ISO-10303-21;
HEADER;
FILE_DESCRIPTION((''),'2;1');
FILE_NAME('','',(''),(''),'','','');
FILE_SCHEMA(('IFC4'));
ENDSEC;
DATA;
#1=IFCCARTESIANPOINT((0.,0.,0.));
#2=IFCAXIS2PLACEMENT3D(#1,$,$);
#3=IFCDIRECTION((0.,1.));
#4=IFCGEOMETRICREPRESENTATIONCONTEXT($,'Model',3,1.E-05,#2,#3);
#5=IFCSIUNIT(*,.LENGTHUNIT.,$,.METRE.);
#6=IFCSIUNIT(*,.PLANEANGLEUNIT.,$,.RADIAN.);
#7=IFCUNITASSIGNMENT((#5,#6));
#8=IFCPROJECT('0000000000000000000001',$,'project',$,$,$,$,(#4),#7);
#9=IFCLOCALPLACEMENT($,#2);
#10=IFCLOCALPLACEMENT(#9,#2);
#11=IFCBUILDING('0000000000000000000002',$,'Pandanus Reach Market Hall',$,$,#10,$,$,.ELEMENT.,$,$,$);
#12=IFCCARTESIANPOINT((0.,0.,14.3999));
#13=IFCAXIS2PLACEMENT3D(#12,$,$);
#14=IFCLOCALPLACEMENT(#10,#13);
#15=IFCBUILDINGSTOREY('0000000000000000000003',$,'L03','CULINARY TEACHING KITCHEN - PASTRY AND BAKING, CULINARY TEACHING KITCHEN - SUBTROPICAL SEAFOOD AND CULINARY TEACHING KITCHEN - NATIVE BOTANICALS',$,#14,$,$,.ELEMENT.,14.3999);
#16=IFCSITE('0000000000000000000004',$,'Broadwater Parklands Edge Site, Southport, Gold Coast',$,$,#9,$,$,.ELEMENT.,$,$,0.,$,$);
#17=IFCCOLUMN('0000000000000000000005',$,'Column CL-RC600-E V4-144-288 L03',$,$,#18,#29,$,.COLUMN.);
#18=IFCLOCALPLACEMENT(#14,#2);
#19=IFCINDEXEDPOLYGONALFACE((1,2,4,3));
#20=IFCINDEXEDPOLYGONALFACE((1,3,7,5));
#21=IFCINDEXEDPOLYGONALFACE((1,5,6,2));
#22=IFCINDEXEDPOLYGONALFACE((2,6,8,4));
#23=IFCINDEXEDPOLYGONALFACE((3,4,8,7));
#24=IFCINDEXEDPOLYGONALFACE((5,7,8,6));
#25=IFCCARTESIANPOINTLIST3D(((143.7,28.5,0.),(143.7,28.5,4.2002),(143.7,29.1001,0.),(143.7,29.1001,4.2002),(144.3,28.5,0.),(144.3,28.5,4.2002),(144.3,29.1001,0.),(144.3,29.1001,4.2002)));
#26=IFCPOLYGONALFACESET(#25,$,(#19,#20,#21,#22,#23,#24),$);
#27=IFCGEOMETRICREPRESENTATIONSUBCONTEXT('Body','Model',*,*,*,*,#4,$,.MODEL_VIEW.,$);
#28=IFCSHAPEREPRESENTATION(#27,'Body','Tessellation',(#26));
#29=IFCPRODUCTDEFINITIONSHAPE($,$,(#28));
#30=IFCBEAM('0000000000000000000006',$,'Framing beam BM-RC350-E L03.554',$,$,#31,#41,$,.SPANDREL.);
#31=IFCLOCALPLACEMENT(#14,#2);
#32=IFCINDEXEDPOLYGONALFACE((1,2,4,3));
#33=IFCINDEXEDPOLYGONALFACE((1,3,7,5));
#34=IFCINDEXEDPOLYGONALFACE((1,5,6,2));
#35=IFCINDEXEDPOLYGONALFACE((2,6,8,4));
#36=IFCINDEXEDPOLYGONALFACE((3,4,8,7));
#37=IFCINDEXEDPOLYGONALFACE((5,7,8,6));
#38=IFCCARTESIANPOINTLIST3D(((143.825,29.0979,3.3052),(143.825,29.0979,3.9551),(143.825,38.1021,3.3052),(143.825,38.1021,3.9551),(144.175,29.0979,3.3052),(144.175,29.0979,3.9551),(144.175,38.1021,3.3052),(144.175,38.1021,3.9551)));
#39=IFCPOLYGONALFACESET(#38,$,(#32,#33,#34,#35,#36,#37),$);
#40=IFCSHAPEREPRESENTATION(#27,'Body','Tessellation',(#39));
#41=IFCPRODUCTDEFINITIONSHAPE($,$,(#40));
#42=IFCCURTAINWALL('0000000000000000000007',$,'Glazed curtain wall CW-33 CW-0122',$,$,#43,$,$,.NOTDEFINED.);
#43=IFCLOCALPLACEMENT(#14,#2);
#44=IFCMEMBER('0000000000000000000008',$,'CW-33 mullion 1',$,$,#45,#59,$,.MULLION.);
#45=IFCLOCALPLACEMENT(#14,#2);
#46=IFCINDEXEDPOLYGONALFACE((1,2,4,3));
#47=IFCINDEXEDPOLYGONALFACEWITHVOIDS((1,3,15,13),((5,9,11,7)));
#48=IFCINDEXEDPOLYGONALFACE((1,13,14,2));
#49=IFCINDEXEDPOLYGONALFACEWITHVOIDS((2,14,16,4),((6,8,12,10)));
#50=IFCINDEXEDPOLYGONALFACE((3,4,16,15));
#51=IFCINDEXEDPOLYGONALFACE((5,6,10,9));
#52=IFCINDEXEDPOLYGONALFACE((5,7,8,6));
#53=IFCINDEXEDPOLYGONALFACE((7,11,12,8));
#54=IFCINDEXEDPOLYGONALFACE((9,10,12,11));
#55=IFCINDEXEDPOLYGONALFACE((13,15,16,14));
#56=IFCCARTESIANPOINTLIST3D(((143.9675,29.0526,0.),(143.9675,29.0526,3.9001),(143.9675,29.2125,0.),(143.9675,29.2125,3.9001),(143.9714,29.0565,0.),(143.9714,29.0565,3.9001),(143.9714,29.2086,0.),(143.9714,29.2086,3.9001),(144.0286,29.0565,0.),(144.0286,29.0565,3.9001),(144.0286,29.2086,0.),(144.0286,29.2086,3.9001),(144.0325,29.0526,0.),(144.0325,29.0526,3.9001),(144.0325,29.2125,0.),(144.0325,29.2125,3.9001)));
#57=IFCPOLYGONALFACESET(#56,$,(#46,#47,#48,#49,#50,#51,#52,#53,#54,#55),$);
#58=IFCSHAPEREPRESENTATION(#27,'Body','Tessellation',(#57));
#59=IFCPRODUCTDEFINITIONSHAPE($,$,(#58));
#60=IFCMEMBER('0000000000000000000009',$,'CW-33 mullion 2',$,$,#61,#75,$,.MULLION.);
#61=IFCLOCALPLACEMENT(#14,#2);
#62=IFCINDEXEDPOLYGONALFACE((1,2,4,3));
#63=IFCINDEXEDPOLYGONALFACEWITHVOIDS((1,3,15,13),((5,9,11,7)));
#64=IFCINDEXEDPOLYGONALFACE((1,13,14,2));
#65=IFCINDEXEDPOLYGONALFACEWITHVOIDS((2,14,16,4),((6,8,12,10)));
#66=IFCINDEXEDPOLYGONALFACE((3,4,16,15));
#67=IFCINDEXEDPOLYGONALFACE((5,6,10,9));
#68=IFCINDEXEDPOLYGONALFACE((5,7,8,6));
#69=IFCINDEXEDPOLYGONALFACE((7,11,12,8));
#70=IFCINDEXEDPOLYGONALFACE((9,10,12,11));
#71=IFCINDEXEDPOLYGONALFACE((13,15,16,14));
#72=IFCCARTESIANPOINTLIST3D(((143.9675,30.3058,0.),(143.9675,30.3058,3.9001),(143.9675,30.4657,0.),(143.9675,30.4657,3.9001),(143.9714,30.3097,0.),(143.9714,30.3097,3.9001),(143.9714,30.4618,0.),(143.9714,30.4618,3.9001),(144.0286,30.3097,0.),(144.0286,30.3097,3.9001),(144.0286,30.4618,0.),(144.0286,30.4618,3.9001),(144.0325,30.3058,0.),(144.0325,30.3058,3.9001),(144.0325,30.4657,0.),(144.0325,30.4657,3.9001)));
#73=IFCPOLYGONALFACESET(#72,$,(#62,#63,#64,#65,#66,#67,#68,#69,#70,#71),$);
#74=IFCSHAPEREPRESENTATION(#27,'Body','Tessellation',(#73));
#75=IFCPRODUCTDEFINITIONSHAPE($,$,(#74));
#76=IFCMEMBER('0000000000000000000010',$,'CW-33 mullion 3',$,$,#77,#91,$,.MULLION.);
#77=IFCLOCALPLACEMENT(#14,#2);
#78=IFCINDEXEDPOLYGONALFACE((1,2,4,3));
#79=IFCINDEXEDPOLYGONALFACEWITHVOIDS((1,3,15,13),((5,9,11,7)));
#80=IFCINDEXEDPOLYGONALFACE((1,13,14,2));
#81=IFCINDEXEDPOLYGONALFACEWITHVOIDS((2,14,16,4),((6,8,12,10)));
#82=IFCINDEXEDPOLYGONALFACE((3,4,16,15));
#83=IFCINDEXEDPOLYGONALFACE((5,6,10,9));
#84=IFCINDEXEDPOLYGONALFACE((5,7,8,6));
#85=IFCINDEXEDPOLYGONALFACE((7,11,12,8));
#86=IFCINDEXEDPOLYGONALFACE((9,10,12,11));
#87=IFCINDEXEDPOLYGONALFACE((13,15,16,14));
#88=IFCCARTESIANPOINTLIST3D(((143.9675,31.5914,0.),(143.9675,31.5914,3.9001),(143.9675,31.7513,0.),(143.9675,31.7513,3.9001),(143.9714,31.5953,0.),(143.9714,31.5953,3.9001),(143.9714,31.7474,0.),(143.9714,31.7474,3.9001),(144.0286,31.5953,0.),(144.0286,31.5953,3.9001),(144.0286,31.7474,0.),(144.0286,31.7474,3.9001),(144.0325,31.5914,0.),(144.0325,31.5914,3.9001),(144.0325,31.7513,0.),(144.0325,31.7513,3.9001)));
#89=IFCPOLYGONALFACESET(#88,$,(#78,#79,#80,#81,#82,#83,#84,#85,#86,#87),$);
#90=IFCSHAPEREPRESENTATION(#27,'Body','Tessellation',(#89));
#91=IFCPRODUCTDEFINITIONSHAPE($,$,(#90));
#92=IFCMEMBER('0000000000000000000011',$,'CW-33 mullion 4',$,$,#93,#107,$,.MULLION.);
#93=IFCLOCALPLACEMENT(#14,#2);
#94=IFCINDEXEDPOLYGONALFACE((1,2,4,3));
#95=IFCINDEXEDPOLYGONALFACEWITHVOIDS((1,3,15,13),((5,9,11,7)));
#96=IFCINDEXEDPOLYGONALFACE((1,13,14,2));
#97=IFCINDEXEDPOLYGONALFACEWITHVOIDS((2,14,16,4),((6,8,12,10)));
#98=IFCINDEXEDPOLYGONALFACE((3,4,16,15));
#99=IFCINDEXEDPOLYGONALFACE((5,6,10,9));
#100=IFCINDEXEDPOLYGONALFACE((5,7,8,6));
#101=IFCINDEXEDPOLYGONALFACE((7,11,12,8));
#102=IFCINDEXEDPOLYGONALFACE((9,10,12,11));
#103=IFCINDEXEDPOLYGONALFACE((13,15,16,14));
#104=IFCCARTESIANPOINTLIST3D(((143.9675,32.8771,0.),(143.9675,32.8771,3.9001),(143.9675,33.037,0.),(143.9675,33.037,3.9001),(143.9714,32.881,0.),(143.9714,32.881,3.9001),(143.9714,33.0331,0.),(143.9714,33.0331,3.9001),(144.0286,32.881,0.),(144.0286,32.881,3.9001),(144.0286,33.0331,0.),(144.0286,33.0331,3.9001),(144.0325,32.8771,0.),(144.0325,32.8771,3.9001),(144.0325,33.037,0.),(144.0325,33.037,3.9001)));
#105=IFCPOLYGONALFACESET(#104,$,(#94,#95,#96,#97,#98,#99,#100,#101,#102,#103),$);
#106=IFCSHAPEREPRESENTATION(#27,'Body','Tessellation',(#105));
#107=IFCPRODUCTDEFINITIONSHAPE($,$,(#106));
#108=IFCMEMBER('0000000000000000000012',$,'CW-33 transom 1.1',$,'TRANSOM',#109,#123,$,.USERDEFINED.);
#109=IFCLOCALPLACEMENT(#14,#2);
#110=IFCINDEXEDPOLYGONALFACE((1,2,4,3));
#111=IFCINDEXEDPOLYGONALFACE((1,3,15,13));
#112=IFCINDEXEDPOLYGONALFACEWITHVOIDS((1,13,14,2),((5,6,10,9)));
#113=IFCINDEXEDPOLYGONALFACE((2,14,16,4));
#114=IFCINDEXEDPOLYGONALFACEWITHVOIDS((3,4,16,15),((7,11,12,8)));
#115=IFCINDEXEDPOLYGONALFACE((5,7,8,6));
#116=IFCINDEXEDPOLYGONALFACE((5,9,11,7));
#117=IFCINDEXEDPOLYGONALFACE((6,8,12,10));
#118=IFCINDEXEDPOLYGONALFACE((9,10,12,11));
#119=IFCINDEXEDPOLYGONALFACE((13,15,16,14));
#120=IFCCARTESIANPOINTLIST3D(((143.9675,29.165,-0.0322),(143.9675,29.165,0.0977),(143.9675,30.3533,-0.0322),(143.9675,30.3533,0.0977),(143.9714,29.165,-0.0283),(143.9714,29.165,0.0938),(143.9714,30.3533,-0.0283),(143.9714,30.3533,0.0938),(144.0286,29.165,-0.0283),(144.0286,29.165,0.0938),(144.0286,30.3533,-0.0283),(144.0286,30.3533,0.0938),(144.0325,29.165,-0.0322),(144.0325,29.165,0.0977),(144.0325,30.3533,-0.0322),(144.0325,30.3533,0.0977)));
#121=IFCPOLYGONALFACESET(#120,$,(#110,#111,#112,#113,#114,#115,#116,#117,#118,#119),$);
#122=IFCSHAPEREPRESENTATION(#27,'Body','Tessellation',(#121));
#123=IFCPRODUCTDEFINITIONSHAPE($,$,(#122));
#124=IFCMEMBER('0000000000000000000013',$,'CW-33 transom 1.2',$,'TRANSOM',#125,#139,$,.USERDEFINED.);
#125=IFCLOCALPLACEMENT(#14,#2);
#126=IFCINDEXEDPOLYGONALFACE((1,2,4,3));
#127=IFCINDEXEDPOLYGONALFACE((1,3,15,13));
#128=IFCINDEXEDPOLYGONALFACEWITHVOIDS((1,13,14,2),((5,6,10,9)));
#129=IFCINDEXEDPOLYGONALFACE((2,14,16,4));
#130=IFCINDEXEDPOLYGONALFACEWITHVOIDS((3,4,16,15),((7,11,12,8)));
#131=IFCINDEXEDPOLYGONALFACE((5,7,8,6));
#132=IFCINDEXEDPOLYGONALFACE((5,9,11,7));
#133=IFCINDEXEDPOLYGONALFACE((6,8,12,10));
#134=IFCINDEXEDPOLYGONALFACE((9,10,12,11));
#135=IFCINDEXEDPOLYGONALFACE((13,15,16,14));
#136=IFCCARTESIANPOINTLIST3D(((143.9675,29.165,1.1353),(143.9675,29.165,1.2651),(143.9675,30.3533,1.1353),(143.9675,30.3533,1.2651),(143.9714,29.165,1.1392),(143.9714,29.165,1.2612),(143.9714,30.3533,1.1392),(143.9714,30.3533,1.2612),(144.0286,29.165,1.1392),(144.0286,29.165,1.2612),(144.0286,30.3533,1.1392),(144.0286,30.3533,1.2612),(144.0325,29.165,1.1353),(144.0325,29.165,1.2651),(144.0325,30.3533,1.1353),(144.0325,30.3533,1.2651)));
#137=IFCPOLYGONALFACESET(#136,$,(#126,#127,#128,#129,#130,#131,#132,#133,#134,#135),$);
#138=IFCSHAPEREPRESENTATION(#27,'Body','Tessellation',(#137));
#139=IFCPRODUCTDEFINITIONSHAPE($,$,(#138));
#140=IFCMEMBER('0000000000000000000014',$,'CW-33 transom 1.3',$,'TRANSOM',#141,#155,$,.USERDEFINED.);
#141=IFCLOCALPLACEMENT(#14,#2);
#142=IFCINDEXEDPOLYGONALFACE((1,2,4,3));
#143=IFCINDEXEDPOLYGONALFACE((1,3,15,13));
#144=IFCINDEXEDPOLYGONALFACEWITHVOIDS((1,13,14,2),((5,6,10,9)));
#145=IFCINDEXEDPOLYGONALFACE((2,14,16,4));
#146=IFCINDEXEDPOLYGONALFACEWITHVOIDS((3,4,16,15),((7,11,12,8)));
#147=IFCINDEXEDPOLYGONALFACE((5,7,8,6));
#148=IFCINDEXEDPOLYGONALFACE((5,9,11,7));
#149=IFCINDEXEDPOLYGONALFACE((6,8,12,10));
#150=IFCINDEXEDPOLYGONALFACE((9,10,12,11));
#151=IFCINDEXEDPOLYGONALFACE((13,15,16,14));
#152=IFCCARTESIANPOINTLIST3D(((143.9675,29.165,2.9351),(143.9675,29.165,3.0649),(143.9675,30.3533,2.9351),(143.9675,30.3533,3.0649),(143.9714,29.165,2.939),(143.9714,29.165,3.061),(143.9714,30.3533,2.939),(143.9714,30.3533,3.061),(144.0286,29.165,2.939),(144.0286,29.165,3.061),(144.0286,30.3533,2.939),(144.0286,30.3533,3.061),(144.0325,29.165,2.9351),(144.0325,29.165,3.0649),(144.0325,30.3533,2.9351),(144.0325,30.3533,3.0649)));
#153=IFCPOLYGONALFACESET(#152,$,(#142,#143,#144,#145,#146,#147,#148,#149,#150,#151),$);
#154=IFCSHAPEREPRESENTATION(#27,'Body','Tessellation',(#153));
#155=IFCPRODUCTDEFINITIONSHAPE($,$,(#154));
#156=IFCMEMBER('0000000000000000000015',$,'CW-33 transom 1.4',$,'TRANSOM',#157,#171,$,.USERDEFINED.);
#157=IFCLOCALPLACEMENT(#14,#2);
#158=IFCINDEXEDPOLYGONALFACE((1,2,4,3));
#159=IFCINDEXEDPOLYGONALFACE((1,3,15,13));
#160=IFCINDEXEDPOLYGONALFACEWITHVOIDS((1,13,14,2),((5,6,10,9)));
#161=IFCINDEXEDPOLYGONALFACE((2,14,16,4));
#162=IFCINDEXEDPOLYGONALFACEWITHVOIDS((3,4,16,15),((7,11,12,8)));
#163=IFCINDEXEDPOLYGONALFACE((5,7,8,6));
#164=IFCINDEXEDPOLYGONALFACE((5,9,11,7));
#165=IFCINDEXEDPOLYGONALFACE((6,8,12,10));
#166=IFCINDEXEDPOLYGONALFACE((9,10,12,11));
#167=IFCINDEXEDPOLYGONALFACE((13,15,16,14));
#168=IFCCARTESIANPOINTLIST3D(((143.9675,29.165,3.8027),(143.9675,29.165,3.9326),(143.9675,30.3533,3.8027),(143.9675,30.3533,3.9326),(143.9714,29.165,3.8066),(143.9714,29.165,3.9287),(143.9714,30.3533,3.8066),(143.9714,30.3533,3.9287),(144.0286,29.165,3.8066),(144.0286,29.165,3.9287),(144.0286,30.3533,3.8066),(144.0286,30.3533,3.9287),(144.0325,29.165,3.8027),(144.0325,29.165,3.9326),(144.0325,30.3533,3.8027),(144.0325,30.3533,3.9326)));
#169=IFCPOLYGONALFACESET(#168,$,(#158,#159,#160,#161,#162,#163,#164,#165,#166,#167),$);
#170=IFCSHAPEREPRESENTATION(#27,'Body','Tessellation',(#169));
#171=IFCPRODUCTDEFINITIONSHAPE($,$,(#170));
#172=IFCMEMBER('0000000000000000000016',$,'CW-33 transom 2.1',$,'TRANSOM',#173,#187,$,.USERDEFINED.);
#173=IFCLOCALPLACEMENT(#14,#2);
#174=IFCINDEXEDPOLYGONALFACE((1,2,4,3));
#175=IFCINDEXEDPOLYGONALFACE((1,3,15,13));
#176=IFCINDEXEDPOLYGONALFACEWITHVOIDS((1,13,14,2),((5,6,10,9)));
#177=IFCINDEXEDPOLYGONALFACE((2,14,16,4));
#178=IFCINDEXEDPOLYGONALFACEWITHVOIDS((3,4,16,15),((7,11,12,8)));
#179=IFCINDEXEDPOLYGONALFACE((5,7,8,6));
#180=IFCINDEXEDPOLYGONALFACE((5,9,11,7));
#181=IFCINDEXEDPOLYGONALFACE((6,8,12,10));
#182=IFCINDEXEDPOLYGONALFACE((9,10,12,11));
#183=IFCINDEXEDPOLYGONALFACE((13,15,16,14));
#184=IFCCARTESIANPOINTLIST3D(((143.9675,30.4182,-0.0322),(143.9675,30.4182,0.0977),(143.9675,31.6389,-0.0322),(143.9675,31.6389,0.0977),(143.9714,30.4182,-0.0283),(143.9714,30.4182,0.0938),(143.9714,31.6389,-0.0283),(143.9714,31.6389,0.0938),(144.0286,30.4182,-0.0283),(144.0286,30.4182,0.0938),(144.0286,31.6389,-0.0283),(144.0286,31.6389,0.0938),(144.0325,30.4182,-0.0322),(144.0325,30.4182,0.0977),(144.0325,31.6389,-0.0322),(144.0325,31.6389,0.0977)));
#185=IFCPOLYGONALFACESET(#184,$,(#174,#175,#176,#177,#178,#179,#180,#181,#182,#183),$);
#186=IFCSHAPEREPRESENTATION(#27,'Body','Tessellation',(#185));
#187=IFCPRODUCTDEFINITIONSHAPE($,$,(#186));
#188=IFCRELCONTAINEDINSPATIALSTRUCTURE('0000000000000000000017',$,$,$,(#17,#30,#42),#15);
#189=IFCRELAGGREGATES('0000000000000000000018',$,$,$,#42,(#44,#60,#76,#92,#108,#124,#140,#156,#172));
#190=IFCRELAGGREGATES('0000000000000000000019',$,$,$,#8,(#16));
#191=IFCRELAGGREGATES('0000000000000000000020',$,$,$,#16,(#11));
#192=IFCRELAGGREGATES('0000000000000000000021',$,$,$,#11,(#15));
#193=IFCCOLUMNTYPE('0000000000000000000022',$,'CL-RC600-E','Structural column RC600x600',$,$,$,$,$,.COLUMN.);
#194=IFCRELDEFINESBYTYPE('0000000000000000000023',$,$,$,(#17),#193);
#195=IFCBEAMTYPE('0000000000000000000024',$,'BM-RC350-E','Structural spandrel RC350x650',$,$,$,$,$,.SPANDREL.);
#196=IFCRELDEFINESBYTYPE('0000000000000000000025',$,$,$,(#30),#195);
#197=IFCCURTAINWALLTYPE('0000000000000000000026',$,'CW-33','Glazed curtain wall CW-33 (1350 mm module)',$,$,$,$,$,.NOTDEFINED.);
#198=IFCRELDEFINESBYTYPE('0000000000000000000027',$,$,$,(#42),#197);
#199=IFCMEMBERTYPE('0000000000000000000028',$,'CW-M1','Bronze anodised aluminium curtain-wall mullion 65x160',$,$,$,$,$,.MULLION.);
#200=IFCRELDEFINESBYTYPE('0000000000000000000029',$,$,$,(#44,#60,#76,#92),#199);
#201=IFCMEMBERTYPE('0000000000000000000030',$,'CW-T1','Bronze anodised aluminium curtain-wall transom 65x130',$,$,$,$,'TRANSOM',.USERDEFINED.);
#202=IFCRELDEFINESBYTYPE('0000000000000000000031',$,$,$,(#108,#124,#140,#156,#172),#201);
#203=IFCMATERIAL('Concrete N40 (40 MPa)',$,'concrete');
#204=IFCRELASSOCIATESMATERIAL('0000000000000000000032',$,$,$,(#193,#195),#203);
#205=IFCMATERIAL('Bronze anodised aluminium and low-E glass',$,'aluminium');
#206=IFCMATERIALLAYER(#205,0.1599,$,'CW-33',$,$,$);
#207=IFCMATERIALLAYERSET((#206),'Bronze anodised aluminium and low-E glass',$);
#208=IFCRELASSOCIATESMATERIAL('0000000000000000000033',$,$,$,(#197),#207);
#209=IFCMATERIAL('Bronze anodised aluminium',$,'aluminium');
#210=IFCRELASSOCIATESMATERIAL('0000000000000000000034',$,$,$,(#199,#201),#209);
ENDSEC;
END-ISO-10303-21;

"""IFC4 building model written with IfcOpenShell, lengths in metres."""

from ifc_helpers import new_model, si_unit, direction, frame, origin, origin_2d, place, context, subcontext, project, spatial, rectangle, hollow_rectangle, extrude, material, layer, layer_set, material_profile, profile_set, type_object, element, aggregate, save


model = new_model("IFC4")

# Units and contexts
model_context = context("Model", 3, precision=1e-05, world=origin(), true_north=direction((0.0, 1.0)))
body_context = subcontext(model_context, "Body", "Model", "MODEL_VIEW")
ifc_project = project(units=[si_unit("LENGTHUNIT", "METRE"), si_unit("PLANEANGLEUNIT", "RADIAN")], contexts=[model_context])

# Site, building, storey
site_placement = place(None, origin())
site = spatial("IfcSite", under=ifc_project, at=site_placement, Name="Broadwater Parklands Edge Site, Southport, Gold Coast", CompositionType="ELEMENT", RefElevation=0.0)
building_placement = place(site_placement, origin())
building = spatial("IfcBuilding", under=site, at=building_placement, Name="Pandanus Reach Market Hall", CompositionType="ELEMENT")
storey_placement = place(building_placement, frame((0.0, 0.0, 14.3999)))
storey = spatial("IfcBuildingStorey", under=building, at=storey_placement, Name="L03", Description="CULINARY TEACHING KITCHEN - PASTRY AND BAKING, CULINARY TEACHING KITCHEN - SUBTROPICAL SEAFOOD AND CULINARY TEACHING KITCHEN - NATIVE BOTANICALS", CompositionType="ELEMENT", Elevation=14.3999)

# Column
ifc_material_1 = material(Name="Concrete N40 (40 MPa)", Category="concrete")
ifc_material_profile_1 = material_profile(ifc_material_1, rectangle(XDim=0.6001, YDim=0.6001, at=origin_2d()), Name="RC600x600", Category="LoadBearing")
ifc_profile_set_1 = profile_set([ifc_material_profile_1], Name="Concrete N40 (40 MPa)")
column_type = type_object("IfcColumnType", Name="CL-RC600-E", Description="Structural column RC600x600", PredefinedType="COLUMN", material=ifc_profile_set_1)
column_placement = place(storey_placement, frame((144.0, 28.8, 0.0), z_axis=(0.0, 0.0, 1.0), x_axis=(1.0, 0.0, 0.0)))
element("IfcColumn", 1, at=column_placement, inside=storey, type_object=column_type, Name="Column CL-RC600-E V4-144-288 L03", PredefinedType="COLUMN", context=body_context, shape_type="SweptSolid", body=[
    extrude(rectangle(XDim=0.6001, YDim=0.6001, at=origin_2d()), origin(), (0.0, 0.0, 1.0), 4.2002),
])

# Beam
ifc_material_profile_2 = material_profile(ifc_material_1, rectangle(XDim=0.3501, YDim=0.6499, at=origin_2d()), Name="RC350x650", Category="LoadBearing")
ifc_profile_set_2 = profile_set([ifc_material_profile_2], Name="Concrete N40 (40 MPa)")
beam_type = type_object("IfcBeamType", Name="BM-RC350-E", Description="Structural spandrel RC350x650", PredefinedType="SPANDREL", material=ifc_profile_set_2)
beam_placement = place(storey_placement, frame((144.0, 29.0979, 3.6301), z_axis=(0.0, 1.0, 0.0), x_axis=(-1.0, 0.0, 0.0)))
element("IfcBeam", 2, at=beam_placement, inside=storey, type_object=beam_type, Name="Framing beam BM-RC350-E L03.554", PredefinedType="SPANDREL", context=body_context, shape_type="SweptSolid", body=[
    extrude(rectangle(XDim=0.3501, YDim=0.6499, at=origin_2d()), origin(), (0.0, 0.0, 1.0), 9.0042),
])

# Curtain wall, members
ifc_material_2 = material(Name="Bronze anodised aluminium and low-E glass", Category="aluminium")
ifc_layer_1 = layer(ifc_material_2, 0.1599, Name="CW-33")
ifc_layer_set_1 = layer_set([ifc_layer_1], Name="Bronze anodised aluminium and low-E glass")
curtain_wall_type = type_object("IfcCurtainWallType", Name="CW-33", Description="Glazed curtain wall CW-33 (1350 mm module)", PredefinedType="NOTDEFINED", material=ifc_layer_set_1)
curtain_wall_placement = place(storey_placement, origin())
curtain_wall = element("IfcCurtainWall", 3, at=curtain_wall_placement, inside=storey, type_object=curtain_wall_type, Name="Glazed curtain wall CW-33 CW-0122", PredefinedType="NOTDEFINED")
ifc_material_3 = material(Name="Bronze anodised aluminium", Category="aluminium")
ifc_material_profile_3 = material_profile(ifc_material_3, hollow_rectangle(XDim=0.0649, YDim=0.1599, WallThickness=0.0039, at=origin_2d()), Name="ALU65x160", Category="LoadBearing")
ifc_profile_set_3 = profile_set([ifc_material_profile_3], Name="Bronze anodised aluminium")
member_type_1 = type_object("IfcMemberType", Name="CW-M1", Description="Bronze anodised aluminium curtain-wall mullion 65x160", PredefinedType="MULLION", material=ifc_profile_set_3)
member_1_placement = place(storey_placement, frame((144.0, 29.1326, 0.0), z_axis=(0.0, 0.0, 1.0), x_axis=(-1.0, 0.0, 0.0)))
member_1 = element("IfcMember", 4, at=member_1_placement, type_object=member_type_1, Name="CW-33 mullion 1", PredefinedType="MULLION", context=body_context, shape_type="SweptSolid", body=[
    extrude(hollow_rectangle(XDim=0.0649, YDim=0.1599, WallThickness=0.0039, at=origin_2d()), origin(), (0.0, 0.0, 1.0), 3.9001),
])
member_2_placement = place(storey_placement, frame((144.0, 30.3857, 0.0), z_axis=(0.0, 0.0, 1.0), x_axis=(-1.0, 0.0, 0.0)))
member_2 = element("IfcMember", 5, at=member_2_placement, type_object=member_type_1, Name="CW-33 mullion 2", PredefinedType="MULLION", context=body_context, shape_type="SweptSolid", body=[
    extrude(hollow_rectangle(XDim=0.0649, YDim=0.1599, WallThickness=0.0039, at=origin_2d()), origin(), (0.0, 0.0, 1.0), 3.9001),
])
member_3_placement = place(storey_placement, frame((144.0, 31.6714, 0.0), z_axis=(0.0, 0.0, 1.0), x_axis=(-1.0, 0.0, 0.0)))
member_3 = element("IfcMember", 6, at=member_3_placement, type_object=member_type_1, Name="CW-33 mullion 3", PredefinedType="MULLION", context=body_context, shape_type="SweptSolid", body=[
    extrude(hollow_rectangle(XDim=0.0649, YDim=0.1599, WallThickness=0.0039, at=origin_2d()), origin(), (0.0, 0.0, 1.0), 3.9001),
])
member_4_placement = place(storey_placement, frame((144.0, 32.957, 0.0), z_axis=(0.0, 0.0, 1.0), x_axis=(-1.0, 0.0, 0.0)))
member_4 = element("IfcMember", 7, at=member_4_placement, type_object=member_type_1, Name="CW-33 mullion 4", PredefinedType="MULLION", context=body_context, shape_type="SweptSolid", body=[
    extrude(hollow_rectangle(XDim=0.0649, YDim=0.1599, WallThickness=0.0039, at=origin_2d()), origin(), (0.0, 0.0, 1.0), 3.9001),
])
ifc_material_profile_4 = material_profile(ifc_material_3, hollow_rectangle(XDim=0.0649, YDim=0.1299, WallThickness=0.0039, at=origin_2d()), Name="ALU65x130", Category="LoadBearing")
ifc_profile_set_4 = profile_set([ifc_material_profile_4], Name="Bronze anodised aluminium")
member_type_2 = type_object("IfcMemberType", Name="CW-T1", Description="Bronze anodised aluminium curtain-wall transom 65x130", ElementType="TRANSOM", PredefinedType="USERDEFINED", material=ifc_profile_set_4)
member_5_placement = place(storey_placement, frame((144.0, 29.165, 0.0327), z_axis=(0.0, 1.0, 0.0), x_axis=(-1.0, 0.0, 0.0)))
member_5 = element("IfcMember", 8, at=member_5_placement, type_object=member_type_2, Name="CW-33 transom 1.1", ObjectType="TRANSOM", PredefinedType="USERDEFINED", context=body_context, shape_type="SweptSolid", body=[
    extrude(hollow_rectangle(XDim=0.0649, YDim=0.1299, WallThickness=0.0039, at=origin_2d()), origin(), (0.0, 0.0, 1.0), 1.1882),
])
member_6_placement = place(storey_placement, frame((144.0, 29.165, 1.2002), z_axis=(0.0, 1.0, 0.0), x_axis=(-1.0, 0.0, 0.0)))
member_6 = element("IfcMember", 9, at=member_6_placement, type_object=member_type_2, Name="CW-33 transom 1.2", ObjectType="TRANSOM", PredefinedType="USERDEFINED", context=body_context, shape_type="SweptSolid", body=[
    extrude(hollow_rectangle(XDim=0.0649, YDim=0.1299, WallThickness=0.0039, at=origin_2d()), origin(), (0.0, 0.0, 1.0), 1.1882),
])
member_7_placement = place(storey_placement, frame((144.0, 29.165, 3.0), z_axis=(0.0, 1.0, 0.0), x_axis=(-1.0, 0.0, 0.0)))
member_7 = element("IfcMember", 10, at=member_7_placement, type_object=member_type_2, Name="CW-33 transom 1.3", ObjectType="TRANSOM", PredefinedType="USERDEFINED", context=body_context, shape_type="SweptSolid", body=[
    extrude(hollow_rectangle(XDim=0.0649, YDim=0.1299, WallThickness=0.0039, at=origin_2d()), origin(), (0.0, 0.0, 1.0), 1.1882),
])
member_8_placement = place(storey_placement, frame((144.0, 29.165, 3.8677), z_axis=(0.0, 1.0, 0.0), x_axis=(-1.0, 0.0, 0.0)))
member_8 = element("IfcMember", 11, at=member_8_placement, type_object=member_type_2, Name="CW-33 transom 1.4", ObjectType="TRANSOM", PredefinedType="USERDEFINED", context=body_context, shape_type="SweptSolid", body=[
    extrude(hollow_rectangle(XDim=0.0649, YDim=0.1299, WallThickness=0.0039, at=origin_2d()), origin(), (0.0, 0.0, 1.0), 1.1882),
])
member_9_placement = place(storey_placement, frame((144.0, 30.4182, 0.0327), z_axis=(0.0, 1.0, 0.0), x_axis=(-1.0, 0.0, 0.0)))
member_9 = element("IfcMember", 12, at=member_9_placement, type_object=member_type_2, Name="CW-33 transom 2.1", ObjectType="TRANSOM", PredefinedType="USERDEFINED", context=body_context, shape_type="SweptSolid", body=[
    extrude(hollow_rectangle(XDim=0.0649, YDim=0.1299, WallThickness=0.0039, at=origin_2d()), origin(), (0.0, 0.0, 1.0), 1.2207),
])
aggregate(curtain_wall, [member_1, member_2, member_3, member_4, member_5, member_6, member_7, member_8, member_9])

save(model, "model.ifc")
